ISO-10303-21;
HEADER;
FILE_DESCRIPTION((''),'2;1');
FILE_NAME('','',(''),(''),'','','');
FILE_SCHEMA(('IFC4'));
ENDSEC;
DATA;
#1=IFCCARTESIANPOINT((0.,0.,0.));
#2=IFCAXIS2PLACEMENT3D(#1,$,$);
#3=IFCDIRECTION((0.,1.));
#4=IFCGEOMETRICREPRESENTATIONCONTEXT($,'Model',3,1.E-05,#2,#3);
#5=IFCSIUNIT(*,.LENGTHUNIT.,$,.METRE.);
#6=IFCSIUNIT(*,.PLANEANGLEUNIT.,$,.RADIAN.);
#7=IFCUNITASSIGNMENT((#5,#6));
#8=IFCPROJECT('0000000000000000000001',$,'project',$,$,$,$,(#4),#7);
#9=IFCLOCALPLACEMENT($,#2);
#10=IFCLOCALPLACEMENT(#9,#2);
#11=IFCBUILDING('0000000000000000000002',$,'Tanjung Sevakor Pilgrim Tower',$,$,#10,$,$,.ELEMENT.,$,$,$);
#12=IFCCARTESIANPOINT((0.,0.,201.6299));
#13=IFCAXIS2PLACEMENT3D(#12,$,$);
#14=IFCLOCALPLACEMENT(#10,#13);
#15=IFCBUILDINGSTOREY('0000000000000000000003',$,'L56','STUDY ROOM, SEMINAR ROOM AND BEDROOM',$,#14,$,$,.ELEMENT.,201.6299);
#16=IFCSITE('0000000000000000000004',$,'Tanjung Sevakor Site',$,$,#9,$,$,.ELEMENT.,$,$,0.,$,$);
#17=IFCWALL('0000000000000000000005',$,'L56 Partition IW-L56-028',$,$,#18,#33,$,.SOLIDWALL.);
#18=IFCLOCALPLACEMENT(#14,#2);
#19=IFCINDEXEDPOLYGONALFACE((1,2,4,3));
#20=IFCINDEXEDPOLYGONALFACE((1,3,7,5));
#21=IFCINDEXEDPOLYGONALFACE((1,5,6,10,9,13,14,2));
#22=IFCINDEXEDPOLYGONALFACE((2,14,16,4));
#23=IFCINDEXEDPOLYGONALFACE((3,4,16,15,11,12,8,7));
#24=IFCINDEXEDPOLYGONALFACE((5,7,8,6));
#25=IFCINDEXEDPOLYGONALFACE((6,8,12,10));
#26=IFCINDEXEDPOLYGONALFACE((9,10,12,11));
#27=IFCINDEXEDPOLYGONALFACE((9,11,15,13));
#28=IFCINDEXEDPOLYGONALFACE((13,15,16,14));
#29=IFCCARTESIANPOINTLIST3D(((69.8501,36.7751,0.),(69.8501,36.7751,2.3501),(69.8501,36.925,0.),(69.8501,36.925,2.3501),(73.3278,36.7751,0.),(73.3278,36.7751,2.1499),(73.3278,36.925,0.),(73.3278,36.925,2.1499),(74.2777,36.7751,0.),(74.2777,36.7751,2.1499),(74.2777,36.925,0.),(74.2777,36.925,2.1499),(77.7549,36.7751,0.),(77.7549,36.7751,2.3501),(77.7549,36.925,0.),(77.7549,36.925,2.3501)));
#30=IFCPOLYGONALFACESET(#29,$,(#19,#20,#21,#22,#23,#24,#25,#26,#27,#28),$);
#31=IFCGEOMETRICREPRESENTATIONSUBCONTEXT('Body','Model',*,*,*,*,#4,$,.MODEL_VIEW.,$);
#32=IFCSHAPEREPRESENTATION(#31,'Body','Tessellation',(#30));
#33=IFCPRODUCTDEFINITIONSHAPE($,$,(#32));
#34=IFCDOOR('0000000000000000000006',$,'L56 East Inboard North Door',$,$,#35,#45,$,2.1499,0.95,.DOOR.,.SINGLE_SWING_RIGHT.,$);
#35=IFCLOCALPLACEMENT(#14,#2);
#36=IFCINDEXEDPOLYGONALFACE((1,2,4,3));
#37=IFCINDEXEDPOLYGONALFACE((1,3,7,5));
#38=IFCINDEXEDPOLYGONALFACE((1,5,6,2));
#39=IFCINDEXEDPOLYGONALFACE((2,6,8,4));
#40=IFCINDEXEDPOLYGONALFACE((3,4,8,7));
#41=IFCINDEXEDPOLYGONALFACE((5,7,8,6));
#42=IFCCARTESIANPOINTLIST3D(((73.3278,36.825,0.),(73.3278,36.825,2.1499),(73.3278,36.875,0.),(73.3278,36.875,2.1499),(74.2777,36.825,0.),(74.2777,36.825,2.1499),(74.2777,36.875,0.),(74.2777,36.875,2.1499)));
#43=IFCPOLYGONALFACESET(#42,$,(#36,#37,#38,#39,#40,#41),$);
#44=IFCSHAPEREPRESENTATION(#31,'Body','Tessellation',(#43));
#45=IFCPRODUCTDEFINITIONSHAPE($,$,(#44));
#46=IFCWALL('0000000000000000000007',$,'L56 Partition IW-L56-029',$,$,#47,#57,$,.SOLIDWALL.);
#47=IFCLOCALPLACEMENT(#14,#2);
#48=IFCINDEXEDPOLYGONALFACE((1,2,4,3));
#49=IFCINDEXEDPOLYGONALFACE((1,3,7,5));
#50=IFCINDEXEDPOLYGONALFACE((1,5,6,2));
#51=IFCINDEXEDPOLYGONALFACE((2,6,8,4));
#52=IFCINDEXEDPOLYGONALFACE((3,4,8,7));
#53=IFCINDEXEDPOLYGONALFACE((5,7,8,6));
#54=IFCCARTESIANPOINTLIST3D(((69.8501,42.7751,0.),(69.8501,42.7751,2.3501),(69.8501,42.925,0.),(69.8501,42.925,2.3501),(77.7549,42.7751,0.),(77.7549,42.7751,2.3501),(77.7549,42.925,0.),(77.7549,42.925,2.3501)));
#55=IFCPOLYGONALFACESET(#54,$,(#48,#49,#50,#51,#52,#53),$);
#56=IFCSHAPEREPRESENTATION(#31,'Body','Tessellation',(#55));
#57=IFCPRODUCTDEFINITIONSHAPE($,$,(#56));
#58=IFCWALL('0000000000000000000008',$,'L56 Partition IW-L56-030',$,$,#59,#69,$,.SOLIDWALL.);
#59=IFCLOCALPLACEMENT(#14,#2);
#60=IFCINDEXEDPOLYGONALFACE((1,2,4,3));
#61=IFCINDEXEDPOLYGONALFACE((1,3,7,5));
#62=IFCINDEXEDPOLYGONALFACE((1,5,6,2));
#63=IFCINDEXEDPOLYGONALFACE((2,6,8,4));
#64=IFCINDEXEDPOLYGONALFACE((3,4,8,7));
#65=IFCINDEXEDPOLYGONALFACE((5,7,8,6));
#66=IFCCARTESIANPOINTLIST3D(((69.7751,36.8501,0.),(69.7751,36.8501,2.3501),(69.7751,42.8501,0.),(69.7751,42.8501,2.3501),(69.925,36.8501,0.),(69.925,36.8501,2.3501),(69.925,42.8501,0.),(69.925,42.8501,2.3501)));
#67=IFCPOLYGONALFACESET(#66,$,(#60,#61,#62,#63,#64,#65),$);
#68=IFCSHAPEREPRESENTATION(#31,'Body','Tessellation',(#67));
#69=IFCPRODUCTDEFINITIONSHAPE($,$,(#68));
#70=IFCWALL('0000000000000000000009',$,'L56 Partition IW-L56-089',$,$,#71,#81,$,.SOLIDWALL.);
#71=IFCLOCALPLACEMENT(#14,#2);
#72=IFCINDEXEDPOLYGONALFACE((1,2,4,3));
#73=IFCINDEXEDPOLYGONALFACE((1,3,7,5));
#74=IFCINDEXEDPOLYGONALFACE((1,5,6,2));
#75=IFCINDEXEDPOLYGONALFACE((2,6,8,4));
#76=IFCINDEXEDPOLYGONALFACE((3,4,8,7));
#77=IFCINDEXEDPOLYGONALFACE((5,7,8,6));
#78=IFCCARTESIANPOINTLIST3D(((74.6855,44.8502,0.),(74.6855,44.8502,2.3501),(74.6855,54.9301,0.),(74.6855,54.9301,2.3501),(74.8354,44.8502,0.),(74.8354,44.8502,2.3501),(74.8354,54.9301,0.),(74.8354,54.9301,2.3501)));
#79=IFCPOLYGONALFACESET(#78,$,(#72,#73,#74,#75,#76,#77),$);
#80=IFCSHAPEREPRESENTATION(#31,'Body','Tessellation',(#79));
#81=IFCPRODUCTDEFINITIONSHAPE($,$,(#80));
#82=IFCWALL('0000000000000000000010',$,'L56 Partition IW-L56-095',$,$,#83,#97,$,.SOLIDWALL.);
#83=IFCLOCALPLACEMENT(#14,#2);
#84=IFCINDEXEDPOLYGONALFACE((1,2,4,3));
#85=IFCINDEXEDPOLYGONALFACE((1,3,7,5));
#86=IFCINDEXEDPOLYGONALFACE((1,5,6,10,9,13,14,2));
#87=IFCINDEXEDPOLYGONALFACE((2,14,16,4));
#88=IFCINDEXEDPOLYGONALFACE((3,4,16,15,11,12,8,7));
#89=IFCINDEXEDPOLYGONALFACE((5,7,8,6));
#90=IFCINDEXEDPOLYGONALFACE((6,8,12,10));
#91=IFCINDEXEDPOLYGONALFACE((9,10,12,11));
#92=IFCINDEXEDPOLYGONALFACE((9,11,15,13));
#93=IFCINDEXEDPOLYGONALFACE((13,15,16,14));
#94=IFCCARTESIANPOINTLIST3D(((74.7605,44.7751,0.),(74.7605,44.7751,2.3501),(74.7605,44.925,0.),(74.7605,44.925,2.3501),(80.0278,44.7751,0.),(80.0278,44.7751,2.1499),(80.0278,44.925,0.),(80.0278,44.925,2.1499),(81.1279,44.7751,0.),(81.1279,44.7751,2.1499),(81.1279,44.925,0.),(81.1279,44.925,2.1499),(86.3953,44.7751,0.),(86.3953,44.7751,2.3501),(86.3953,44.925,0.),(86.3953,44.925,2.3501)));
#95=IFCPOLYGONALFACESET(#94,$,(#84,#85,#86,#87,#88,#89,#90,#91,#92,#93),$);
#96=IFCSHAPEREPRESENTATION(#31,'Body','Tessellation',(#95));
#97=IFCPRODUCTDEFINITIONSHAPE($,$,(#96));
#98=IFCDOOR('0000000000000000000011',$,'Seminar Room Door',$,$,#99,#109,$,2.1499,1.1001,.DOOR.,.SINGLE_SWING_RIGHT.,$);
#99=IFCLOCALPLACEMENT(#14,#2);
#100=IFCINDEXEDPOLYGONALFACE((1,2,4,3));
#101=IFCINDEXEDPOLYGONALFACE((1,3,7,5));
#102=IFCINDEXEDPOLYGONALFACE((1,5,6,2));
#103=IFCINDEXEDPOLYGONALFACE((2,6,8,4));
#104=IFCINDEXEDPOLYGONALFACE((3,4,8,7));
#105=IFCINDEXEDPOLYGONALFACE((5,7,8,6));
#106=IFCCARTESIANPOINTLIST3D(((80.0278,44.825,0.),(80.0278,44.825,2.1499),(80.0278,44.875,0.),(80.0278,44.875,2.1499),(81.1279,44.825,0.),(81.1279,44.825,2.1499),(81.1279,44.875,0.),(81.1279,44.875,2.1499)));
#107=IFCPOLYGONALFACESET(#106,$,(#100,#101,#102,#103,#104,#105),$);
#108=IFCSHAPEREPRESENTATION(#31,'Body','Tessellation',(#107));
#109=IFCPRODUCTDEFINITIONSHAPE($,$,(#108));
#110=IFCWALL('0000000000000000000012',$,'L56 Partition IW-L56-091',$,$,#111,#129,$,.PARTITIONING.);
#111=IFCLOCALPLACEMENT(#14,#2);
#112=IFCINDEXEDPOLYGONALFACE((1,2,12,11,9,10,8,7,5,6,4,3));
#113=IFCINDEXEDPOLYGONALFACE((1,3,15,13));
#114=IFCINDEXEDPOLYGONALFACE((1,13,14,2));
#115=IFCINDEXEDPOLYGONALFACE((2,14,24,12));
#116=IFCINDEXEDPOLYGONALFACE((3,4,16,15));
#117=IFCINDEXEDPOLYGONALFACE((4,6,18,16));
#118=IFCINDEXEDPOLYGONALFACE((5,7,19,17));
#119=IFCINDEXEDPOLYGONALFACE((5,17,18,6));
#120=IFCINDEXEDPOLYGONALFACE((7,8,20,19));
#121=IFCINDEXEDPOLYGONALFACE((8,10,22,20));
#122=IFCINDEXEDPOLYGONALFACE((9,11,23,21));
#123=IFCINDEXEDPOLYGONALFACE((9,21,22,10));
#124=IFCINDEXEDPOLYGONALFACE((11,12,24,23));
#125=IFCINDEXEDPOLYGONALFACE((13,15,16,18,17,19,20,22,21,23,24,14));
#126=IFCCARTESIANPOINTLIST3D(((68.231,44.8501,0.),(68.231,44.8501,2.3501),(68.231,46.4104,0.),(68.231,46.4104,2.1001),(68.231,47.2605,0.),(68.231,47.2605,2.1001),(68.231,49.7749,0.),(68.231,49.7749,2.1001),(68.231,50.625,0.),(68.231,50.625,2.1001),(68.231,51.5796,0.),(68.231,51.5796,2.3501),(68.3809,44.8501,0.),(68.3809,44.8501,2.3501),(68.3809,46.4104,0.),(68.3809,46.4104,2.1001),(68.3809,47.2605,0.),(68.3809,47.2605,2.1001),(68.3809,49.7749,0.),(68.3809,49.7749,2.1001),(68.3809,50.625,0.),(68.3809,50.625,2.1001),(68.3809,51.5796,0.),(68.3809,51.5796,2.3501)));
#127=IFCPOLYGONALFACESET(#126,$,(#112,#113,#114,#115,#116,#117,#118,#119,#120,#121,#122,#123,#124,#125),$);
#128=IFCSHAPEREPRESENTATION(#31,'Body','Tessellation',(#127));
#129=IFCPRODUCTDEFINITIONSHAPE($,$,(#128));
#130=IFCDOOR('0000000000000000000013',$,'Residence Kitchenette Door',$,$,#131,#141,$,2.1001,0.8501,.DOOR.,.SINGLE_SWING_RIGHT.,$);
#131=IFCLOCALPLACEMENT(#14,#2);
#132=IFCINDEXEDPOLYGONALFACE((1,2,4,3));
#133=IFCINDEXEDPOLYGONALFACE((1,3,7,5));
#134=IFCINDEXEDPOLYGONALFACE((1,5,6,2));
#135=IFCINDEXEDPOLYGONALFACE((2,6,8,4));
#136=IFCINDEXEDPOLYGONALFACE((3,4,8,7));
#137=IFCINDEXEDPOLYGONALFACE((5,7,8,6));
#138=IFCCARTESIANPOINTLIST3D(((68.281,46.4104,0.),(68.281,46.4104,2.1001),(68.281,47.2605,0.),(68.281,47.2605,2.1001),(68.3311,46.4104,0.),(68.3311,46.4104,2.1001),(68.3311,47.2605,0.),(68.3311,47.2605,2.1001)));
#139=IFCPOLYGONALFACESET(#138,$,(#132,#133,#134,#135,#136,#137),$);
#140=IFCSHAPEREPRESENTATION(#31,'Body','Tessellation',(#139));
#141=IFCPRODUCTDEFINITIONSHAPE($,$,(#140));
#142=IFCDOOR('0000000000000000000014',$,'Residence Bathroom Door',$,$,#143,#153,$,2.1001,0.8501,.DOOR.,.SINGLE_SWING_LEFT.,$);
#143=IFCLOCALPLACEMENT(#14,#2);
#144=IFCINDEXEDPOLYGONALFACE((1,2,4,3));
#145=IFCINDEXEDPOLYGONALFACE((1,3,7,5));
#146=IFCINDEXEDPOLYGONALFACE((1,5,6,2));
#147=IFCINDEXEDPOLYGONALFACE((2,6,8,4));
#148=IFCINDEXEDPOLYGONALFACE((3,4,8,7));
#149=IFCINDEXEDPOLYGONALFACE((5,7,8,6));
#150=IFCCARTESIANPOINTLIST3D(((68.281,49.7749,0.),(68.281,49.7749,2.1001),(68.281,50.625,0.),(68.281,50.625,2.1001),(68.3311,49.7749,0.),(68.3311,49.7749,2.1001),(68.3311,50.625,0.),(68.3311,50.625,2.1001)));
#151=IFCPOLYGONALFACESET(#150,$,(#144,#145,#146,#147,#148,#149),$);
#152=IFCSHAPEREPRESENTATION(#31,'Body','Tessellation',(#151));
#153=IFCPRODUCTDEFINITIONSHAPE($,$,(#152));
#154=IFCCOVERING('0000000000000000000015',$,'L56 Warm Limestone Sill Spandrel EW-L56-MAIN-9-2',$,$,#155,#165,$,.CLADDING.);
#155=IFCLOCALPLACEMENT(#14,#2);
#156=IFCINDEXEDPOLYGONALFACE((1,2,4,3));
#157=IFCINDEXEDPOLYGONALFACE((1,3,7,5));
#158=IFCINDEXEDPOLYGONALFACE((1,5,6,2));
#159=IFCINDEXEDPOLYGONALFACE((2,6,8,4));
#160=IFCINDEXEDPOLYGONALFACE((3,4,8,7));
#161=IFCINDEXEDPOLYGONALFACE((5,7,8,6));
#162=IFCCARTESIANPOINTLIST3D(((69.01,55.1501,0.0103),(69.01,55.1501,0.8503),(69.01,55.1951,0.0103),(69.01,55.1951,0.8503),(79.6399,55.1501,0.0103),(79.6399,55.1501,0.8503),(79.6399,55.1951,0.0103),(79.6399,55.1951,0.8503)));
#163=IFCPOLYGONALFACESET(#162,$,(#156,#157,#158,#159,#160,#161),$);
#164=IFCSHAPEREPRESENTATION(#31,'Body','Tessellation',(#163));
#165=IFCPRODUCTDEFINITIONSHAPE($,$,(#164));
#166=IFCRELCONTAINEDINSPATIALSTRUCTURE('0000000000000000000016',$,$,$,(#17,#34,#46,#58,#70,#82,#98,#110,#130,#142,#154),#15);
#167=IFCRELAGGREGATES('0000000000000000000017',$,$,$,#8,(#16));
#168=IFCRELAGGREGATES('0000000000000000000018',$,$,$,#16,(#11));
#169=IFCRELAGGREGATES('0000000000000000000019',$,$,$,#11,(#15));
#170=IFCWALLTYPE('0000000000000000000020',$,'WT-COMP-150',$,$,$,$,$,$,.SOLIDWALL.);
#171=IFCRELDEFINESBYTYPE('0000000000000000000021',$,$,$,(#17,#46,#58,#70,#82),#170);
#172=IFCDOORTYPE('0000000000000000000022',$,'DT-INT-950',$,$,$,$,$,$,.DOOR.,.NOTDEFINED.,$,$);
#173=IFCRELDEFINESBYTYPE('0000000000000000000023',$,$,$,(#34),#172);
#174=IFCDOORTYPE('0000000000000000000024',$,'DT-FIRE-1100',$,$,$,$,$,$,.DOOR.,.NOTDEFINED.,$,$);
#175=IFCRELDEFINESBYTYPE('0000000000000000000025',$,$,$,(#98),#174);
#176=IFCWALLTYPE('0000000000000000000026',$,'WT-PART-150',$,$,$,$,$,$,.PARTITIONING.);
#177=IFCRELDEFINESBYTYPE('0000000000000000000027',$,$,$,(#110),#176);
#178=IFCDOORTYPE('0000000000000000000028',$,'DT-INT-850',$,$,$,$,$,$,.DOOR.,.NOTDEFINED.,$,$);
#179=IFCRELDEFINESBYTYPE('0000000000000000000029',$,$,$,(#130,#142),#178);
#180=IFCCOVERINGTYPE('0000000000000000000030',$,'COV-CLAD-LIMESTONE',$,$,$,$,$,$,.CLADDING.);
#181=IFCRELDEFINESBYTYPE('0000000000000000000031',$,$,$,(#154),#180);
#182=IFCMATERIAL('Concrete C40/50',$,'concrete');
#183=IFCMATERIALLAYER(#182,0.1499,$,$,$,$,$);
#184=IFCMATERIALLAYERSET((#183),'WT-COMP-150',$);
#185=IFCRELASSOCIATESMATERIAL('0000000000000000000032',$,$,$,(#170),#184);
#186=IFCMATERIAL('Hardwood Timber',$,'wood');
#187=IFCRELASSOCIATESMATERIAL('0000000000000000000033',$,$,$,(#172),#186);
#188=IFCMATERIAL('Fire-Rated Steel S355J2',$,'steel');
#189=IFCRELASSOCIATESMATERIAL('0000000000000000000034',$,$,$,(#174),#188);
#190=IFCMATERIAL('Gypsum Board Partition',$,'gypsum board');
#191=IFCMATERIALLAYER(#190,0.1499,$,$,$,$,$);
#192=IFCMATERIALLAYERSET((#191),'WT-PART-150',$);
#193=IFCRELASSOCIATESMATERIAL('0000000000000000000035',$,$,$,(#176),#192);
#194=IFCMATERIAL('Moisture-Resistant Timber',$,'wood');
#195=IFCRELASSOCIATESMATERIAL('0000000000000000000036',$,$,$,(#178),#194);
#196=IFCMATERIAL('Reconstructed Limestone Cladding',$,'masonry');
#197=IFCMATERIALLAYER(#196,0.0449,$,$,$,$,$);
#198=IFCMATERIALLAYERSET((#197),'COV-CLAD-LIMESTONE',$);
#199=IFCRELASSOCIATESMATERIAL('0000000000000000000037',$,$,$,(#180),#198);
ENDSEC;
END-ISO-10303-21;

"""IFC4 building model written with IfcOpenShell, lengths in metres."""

from ifc_helpers import new_model, si_unit, direction, frame, frame_2d, origin, origin_2d, place, context, subcontext, project, spatial, rectangle, extrude, material, layer, layer_set, type_object, element, fill, save


model = new_model("IFC4")

# Units and contexts
model_context = context("Model", 3, precision=1e-05, world=origin(), true_north=direction((0.0, 1.0)))
body_context = subcontext(model_context, "Body", "Model", "MODEL_VIEW")
ifc_project = project(units=[si_unit("LENGTHUNIT", "METRE"), si_unit("PLANEANGLEUNIT", "RADIAN")], contexts=[model_context])

# Site, building, storey
site_placement = place(None, origin())
site = spatial("IfcSite", under=ifc_project, at=site_placement, Name="Tanjung Sevakor Site", CompositionType="ELEMENT", RefElevation=0.0)
building_placement = place(site_placement, origin())
building = spatial("IfcBuilding", under=site, at=building_placement, Name="Tanjung Sevakor Pilgrim Tower", CompositionType="ELEMENT")
storey_placement = place(building_placement, frame((0.0, 0.0, 201.6299)))
storey = spatial("IfcBuildingStorey", under=building, at=storey_placement, Name="L56", Description="STUDY ROOM, SEMINAR ROOM AND BEDROOM", CompositionType="ELEMENT", Elevation=201.6299)

# Wall, opening, door
ifc_material_1 = material(Name="Concrete C40/50", Category="concrete")
ifc_layer_1 = layer(ifc_material_1, 0.1499)
ifc_layer_set_1 = layer_set([ifc_layer_1], Name="WT-COMP-150")
wall_type_1 = type_object("IfcWallType", Name="WT-COMP-150", PredefinedType="SOLIDWALL", material=ifc_layer_set_1)
ifc_material_2 = material(Name="Hardwood Timber", Category="wood")
door_type_1 = type_object("IfcDoorType", Name="DT-INT-950", OperationType="NOTDEFINED", PredefinedType="DOOR", material=ifc_material_2)
wall_1_placement = place(storey_placement, frame((69.8501, 36.8501, 0.0), z_axis=(0.0, 0.0, 1.0), x_axis=(1.0, 0.0, 0.0)))
wall_1 = element("IfcWall", 1, at=wall_1_placement, inside=storey, type_object=wall_type_1, Name="L56 Partition IW-L56-028", PredefinedType="SOLIDWALL", context=body_context, shape_type="SweptSolid", body=[
    extrude(rectangle(XDim=7.9048, YDim=0.1499, at=frame_2d((3.9524, 0.0))), origin(), (0.0, 0.0, 1.0), 2.3501),
])
opening_1_placement = place(wall_1_placement, frame((3.4775, 0.0, 0.0)))
opening_1 = element("IfcOpeningElement", 2, at=opening_1_placement, cuts=wall_1, PredefinedType="OPENING", context=body_context, shape_type="SweptSolid", body=[
    extrude(rectangle(XDim=0.95, YDim=2.1499, at=frame_2d((0.4751, 1.075))), frame((0.0, 0.085, 0.0), z_axis=(0.0, -1.0, 0.0), x_axis=(1.0, 0.0, 0.0)), (0.0, 0.0, 1.0), 0.1699),
])
door_1_placement = place(opening_1_placement, origin())
door_1 = element("IfcDoor", 3, at=door_1_placement, inside=storey, type_object=door_type_1, Name="L56 East Inboard North Door", OperationType="SINGLE_SWING_RIGHT", OverallHeight=2.1499, OverallWidth=0.95, PredefinedType="DOOR", context=body_context, shape_type="SweptSolid", body=[
    extrude(rectangle(XDim=0.95, YDim=2.1499, at=frame_2d((0.4751, 1.075))), frame((0.0, 0.0249, 0.0), z_axis=(0.0, -1.0, 0.0), x_axis=(1.0, 0.0, 0.0)), (0.0, 0.0, 1.0), 0.05),
])
fill(opening_1, door_1)

# Walls
wall_2_placement = place(storey_placement, frame((69.8501, 42.8501, 0.0), z_axis=(0.0, 0.0, 1.0), x_axis=(1.0, 0.0, 0.0)))
element("IfcWall", 4, at=wall_2_placement, inside=storey, type_object=wall_type_1, Name="L56 Partition IW-L56-029", PredefinedType="SOLIDWALL", context=body_context, shape_type="SweptSolid", body=[
    extrude(rectangle(XDim=7.9048, YDim=0.1499, at=frame_2d((3.9524, 0.0))), origin(), (0.0, 0.0, 1.0), 2.3501),
])
wall_3_placement = place(storey_placement, frame((69.8501, 36.8501, 0.0), z_axis=(0.0, 0.0, 1.0), x_axis=(0.0, 1.0, 0.0)))
element("IfcWall", 5, at=wall_3_placement, inside=storey, type_object=wall_type_1, Name="L56 Partition IW-L56-030", PredefinedType="SOLIDWALL", context=body_context, shape_type="SweptSolid", body=[
    extrude(rectangle(XDim=6.0, YDim=0.1499, at=frame_2d((3.0, 0.0))), origin(), (0.0, 0.0, 1.0), 2.3501),
])
wall_4_placement = place(storey_placement, frame((74.7605, 44.8501, 0.0), z_axis=(0.0, 0.0, 1.0), x_axis=(0.0, 1.0, 0.0)))
element("IfcWall", 6, at=wall_4_placement, inside=storey, type_object=wall_type_1, Name="L56 Partition IW-L56-089", PredefinedType="SOLIDWALL", context=body_context, shape_type="SweptSolid", body=[
    extrude(rectangle(XDim=10.0798, YDim=0.1499, at=frame_2d((5.04, 0.0))), origin(), (0.0, 0.0, 1.0), 2.3501),
])

# Wall, opening, door
wall_5_placement = place(storey_placement, frame((74.7605, 44.8501, 0.0), z_axis=(0.0, 0.0, 1.0), x_axis=(1.0, 0.0, 0.0)))
wall_5 = element("IfcWall", 7, at=wall_5_placement, inside=storey, type_object=wall_type_1, Name="L56 Partition IW-L56-095", PredefinedType="SOLIDWALL", context=body_context, shape_type="SweptSolid", body=[
    extrude(rectangle(XDim=11.6348, YDim=0.1499, at=frame_2d((5.8174, 0.0))), origin(), (0.0, 0.0, 1.0), 2.3501),
])
opening_2_placement = place(wall_5_placement, frame((5.2673, 0.0, 0.0)))
opening_2 = element("IfcOpeningElement", 8, at=opening_2_placement, cuts=wall_5, PredefinedType="OPENING", context=body_context, shape_type="SweptSolid", body=[
    extrude(rectangle(XDim=1.1001, YDim=2.1499, at=frame_2d((0.55, 1.075))), frame((0.0, 0.085, 0.0), z_axis=(0.0, -1.0, 0.0), x_axis=(1.0, 0.0, 0.0)), (0.0, 0.0, 1.0), 0.1699),
])
ifc_material_3 = material(Name="Fire-Rated Steel S355J2", Category="steel")
door_type_2 = type_object("IfcDoorType", Name="DT-FIRE-1100", OperationType="NOTDEFINED", PredefinedType="DOOR", material=ifc_material_3)
door_2_placement = place(opening_2_placement, origin())
door_2 = element("IfcDoor", 9, at=door_2_placement, inside=storey, type_object=door_type_2, Name="Seminar Room Door", OperationType="SINGLE_SWING_RIGHT", OverallHeight=2.1499, OverallWidth=1.1001, PredefinedType="DOOR", context=body_context, shape_type="SweptSolid", body=[
    extrude(rectangle(XDim=1.1001, YDim=2.1499, at=frame_2d((0.55, 1.075))), frame((0.0, 0.0249, 0.0), z_axis=(0.0, -1.0, 0.0), x_axis=(1.0, 0.0, 0.0)), (0.0, 0.0, 1.0), 0.05),
])
fill(opening_2, door_2)

# Wall, openings, doors
ifc_material_4 = material(Name="Gypsum Board Partition", Category="gypsum board")
ifc_layer_2 = layer(ifc_material_4, 0.1499)
ifc_layer_set_2 = layer_set([ifc_layer_2], Name="WT-PART-150")
wall_type_2 = type_object("IfcWallType", Name="WT-PART-150", PredefinedType="PARTITIONING", material=ifc_layer_set_2)
wall_6_placement = place(storey_placement, frame((68.3059, 44.8501, 0.0), z_axis=(0.0, 0.0, 1.0), x_axis=(0.0, 1.0, 0.0)))
wall_6 = element("IfcWall", 10, at=wall_6_placement, inside=storey, type_object=wall_type_2, Name="L56 Partition IW-L56-091", PredefinedType="PARTITIONING", context=body_context, shape_type="SweptSolid", body=[
    extrude(rectangle(XDim=6.7295, YDim=0.1499, at=frame_2d((3.3647, 0.0))), origin(), (0.0, 0.0, 1.0), 2.3501),
])
opening_3_placement = place(wall_6_placement, frame((1.5603, 0.0, 0.0)))
opening_3 = element("IfcOpeningElement", 11, at=opening_3_placement, cuts=wall_6, PredefinedType="OPENING", context=body_context, shape_type="SweptSolid", body=[
    extrude(rectangle(XDim=0.8501, YDim=2.1001, at=frame_2d((0.425, 1.05))), frame((0.0, 0.085, 0.0), z_axis=(0.0, -1.0, 0.0), x_axis=(1.0, 0.0, 0.0)), (0.0, 0.0, 1.0), 0.1699),
])
opening_4_placement = place(wall_6_placement, frame((4.9248, 0.0, 0.0)))
opening_4 = element("IfcOpeningElement", 12, at=opening_4_placement, cuts=wall_6, PredefinedType="OPENING", context=body_context, shape_type="SweptSolid", body=[
    extrude(rectangle(XDim=0.8501, YDim=2.1001, at=frame_2d((0.425, 1.05))), frame((0.0, 0.085, 0.0), z_axis=(0.0, -1.0, 0.0), x_axis=(1.0, 0.0, 0.0)), (0.0, 0.0, 1.0), 0.1699),
])
ifc_material_5 = material(Name="Moisture-Resistant Timber", Category="wood")
door_type_3 = type_object("IfcDoorType", Name="DT-INT-850", OperationType="NOTDEFINED", PredefinedType="DOOR", material=ifc_material_5)
door_3_placement = place(opening_3_placement, origin())
door_3 = element("IfcDoor", 13, at=door_3_placement, inside=storey, type_object=door_type_3, Name="Residence Kitchenette Door", OperationType="SINGLE_SWING_RIGHT", OverallHeight=2.1001, OverallWidth=0.8501, PredefinedType="DOOR", context=body_context, shape_type="SweptSolid", body=[
    extrude(rectangle(XDim=0.8501, YDim=2.1001, at=frame_2d((0.425, 1.05))), frame((0.0, 0.0249, 0.0), z_axis=(0.0, -1.0, 0.0), x_axis=(1.0, 0.0, 0.0)), (0.0, 0.0, 1.0), 0.05),
])
fill(opening_3, door_3)
door_4_placement = place(opening_4_placement, origin())
door_4 = element("IfcDoor", 14, at=door_4_placement, inside=storey, type_object=door_type_3, Name="Residence Bathroom Door", OperationType="SINGLE_SWING_LEFT", OverallHeight=2.1001, OverallWidth=0.8501, PredefinedType="DOOR", context=body_context, shape_type="SweptSolid", body=[
    extrude(rectangle(XDim=0.8501, YDim=2.1001, at=frame_2d((0.425, 1.05))), frame((0.0, 0.0249, 0.0), z_axis=(0.0, -1.0, 0.0), x_axis=(1.0, 0.0, 0.0)), (0.0, 0.0, 1.0), 0.05),
])
fill(opening_4, door_4)

# Covering
ifc_material_6 = material(Name="Reconstructed Limestone Cladding", Category="masonry")
ifc_layer_3 = layer(ifc_material_6, 0.0449)
ifc_layer_set_3 = layer_set([ifc_layer_3], Name="COV-CLAD-LIMESTONE")
covering_type = type_object("IfcCoveringType", Name="COV-CLAD-LIMESTONE", PredefinedType="CLADDING", material=ifc_layer_set_3)
covering_placement = place(storey_placement, frame((74.325, 55.1726, 0.0103), z_axis=(0.0, 0.0, 1.0), x_axis=(-1.0, 0.0, 0.0)))
element("IfcCovering", 15, at=covering_placement, inside=storey, type_object=covering_type, Name="L56 Warm Limestone Sill Spandrel EW-L56-MAIN-9-2", PredefinedType="CLADDING", context=body_context, shape_type="SweptSolid", body=[
    extrude(rectangle(XDim=10.6299, YDim=0.0449, at=origin_2d()), origin(), (0.0, 0.0, 1.0), 0.8401),
])

save(model, "model.ifc")
